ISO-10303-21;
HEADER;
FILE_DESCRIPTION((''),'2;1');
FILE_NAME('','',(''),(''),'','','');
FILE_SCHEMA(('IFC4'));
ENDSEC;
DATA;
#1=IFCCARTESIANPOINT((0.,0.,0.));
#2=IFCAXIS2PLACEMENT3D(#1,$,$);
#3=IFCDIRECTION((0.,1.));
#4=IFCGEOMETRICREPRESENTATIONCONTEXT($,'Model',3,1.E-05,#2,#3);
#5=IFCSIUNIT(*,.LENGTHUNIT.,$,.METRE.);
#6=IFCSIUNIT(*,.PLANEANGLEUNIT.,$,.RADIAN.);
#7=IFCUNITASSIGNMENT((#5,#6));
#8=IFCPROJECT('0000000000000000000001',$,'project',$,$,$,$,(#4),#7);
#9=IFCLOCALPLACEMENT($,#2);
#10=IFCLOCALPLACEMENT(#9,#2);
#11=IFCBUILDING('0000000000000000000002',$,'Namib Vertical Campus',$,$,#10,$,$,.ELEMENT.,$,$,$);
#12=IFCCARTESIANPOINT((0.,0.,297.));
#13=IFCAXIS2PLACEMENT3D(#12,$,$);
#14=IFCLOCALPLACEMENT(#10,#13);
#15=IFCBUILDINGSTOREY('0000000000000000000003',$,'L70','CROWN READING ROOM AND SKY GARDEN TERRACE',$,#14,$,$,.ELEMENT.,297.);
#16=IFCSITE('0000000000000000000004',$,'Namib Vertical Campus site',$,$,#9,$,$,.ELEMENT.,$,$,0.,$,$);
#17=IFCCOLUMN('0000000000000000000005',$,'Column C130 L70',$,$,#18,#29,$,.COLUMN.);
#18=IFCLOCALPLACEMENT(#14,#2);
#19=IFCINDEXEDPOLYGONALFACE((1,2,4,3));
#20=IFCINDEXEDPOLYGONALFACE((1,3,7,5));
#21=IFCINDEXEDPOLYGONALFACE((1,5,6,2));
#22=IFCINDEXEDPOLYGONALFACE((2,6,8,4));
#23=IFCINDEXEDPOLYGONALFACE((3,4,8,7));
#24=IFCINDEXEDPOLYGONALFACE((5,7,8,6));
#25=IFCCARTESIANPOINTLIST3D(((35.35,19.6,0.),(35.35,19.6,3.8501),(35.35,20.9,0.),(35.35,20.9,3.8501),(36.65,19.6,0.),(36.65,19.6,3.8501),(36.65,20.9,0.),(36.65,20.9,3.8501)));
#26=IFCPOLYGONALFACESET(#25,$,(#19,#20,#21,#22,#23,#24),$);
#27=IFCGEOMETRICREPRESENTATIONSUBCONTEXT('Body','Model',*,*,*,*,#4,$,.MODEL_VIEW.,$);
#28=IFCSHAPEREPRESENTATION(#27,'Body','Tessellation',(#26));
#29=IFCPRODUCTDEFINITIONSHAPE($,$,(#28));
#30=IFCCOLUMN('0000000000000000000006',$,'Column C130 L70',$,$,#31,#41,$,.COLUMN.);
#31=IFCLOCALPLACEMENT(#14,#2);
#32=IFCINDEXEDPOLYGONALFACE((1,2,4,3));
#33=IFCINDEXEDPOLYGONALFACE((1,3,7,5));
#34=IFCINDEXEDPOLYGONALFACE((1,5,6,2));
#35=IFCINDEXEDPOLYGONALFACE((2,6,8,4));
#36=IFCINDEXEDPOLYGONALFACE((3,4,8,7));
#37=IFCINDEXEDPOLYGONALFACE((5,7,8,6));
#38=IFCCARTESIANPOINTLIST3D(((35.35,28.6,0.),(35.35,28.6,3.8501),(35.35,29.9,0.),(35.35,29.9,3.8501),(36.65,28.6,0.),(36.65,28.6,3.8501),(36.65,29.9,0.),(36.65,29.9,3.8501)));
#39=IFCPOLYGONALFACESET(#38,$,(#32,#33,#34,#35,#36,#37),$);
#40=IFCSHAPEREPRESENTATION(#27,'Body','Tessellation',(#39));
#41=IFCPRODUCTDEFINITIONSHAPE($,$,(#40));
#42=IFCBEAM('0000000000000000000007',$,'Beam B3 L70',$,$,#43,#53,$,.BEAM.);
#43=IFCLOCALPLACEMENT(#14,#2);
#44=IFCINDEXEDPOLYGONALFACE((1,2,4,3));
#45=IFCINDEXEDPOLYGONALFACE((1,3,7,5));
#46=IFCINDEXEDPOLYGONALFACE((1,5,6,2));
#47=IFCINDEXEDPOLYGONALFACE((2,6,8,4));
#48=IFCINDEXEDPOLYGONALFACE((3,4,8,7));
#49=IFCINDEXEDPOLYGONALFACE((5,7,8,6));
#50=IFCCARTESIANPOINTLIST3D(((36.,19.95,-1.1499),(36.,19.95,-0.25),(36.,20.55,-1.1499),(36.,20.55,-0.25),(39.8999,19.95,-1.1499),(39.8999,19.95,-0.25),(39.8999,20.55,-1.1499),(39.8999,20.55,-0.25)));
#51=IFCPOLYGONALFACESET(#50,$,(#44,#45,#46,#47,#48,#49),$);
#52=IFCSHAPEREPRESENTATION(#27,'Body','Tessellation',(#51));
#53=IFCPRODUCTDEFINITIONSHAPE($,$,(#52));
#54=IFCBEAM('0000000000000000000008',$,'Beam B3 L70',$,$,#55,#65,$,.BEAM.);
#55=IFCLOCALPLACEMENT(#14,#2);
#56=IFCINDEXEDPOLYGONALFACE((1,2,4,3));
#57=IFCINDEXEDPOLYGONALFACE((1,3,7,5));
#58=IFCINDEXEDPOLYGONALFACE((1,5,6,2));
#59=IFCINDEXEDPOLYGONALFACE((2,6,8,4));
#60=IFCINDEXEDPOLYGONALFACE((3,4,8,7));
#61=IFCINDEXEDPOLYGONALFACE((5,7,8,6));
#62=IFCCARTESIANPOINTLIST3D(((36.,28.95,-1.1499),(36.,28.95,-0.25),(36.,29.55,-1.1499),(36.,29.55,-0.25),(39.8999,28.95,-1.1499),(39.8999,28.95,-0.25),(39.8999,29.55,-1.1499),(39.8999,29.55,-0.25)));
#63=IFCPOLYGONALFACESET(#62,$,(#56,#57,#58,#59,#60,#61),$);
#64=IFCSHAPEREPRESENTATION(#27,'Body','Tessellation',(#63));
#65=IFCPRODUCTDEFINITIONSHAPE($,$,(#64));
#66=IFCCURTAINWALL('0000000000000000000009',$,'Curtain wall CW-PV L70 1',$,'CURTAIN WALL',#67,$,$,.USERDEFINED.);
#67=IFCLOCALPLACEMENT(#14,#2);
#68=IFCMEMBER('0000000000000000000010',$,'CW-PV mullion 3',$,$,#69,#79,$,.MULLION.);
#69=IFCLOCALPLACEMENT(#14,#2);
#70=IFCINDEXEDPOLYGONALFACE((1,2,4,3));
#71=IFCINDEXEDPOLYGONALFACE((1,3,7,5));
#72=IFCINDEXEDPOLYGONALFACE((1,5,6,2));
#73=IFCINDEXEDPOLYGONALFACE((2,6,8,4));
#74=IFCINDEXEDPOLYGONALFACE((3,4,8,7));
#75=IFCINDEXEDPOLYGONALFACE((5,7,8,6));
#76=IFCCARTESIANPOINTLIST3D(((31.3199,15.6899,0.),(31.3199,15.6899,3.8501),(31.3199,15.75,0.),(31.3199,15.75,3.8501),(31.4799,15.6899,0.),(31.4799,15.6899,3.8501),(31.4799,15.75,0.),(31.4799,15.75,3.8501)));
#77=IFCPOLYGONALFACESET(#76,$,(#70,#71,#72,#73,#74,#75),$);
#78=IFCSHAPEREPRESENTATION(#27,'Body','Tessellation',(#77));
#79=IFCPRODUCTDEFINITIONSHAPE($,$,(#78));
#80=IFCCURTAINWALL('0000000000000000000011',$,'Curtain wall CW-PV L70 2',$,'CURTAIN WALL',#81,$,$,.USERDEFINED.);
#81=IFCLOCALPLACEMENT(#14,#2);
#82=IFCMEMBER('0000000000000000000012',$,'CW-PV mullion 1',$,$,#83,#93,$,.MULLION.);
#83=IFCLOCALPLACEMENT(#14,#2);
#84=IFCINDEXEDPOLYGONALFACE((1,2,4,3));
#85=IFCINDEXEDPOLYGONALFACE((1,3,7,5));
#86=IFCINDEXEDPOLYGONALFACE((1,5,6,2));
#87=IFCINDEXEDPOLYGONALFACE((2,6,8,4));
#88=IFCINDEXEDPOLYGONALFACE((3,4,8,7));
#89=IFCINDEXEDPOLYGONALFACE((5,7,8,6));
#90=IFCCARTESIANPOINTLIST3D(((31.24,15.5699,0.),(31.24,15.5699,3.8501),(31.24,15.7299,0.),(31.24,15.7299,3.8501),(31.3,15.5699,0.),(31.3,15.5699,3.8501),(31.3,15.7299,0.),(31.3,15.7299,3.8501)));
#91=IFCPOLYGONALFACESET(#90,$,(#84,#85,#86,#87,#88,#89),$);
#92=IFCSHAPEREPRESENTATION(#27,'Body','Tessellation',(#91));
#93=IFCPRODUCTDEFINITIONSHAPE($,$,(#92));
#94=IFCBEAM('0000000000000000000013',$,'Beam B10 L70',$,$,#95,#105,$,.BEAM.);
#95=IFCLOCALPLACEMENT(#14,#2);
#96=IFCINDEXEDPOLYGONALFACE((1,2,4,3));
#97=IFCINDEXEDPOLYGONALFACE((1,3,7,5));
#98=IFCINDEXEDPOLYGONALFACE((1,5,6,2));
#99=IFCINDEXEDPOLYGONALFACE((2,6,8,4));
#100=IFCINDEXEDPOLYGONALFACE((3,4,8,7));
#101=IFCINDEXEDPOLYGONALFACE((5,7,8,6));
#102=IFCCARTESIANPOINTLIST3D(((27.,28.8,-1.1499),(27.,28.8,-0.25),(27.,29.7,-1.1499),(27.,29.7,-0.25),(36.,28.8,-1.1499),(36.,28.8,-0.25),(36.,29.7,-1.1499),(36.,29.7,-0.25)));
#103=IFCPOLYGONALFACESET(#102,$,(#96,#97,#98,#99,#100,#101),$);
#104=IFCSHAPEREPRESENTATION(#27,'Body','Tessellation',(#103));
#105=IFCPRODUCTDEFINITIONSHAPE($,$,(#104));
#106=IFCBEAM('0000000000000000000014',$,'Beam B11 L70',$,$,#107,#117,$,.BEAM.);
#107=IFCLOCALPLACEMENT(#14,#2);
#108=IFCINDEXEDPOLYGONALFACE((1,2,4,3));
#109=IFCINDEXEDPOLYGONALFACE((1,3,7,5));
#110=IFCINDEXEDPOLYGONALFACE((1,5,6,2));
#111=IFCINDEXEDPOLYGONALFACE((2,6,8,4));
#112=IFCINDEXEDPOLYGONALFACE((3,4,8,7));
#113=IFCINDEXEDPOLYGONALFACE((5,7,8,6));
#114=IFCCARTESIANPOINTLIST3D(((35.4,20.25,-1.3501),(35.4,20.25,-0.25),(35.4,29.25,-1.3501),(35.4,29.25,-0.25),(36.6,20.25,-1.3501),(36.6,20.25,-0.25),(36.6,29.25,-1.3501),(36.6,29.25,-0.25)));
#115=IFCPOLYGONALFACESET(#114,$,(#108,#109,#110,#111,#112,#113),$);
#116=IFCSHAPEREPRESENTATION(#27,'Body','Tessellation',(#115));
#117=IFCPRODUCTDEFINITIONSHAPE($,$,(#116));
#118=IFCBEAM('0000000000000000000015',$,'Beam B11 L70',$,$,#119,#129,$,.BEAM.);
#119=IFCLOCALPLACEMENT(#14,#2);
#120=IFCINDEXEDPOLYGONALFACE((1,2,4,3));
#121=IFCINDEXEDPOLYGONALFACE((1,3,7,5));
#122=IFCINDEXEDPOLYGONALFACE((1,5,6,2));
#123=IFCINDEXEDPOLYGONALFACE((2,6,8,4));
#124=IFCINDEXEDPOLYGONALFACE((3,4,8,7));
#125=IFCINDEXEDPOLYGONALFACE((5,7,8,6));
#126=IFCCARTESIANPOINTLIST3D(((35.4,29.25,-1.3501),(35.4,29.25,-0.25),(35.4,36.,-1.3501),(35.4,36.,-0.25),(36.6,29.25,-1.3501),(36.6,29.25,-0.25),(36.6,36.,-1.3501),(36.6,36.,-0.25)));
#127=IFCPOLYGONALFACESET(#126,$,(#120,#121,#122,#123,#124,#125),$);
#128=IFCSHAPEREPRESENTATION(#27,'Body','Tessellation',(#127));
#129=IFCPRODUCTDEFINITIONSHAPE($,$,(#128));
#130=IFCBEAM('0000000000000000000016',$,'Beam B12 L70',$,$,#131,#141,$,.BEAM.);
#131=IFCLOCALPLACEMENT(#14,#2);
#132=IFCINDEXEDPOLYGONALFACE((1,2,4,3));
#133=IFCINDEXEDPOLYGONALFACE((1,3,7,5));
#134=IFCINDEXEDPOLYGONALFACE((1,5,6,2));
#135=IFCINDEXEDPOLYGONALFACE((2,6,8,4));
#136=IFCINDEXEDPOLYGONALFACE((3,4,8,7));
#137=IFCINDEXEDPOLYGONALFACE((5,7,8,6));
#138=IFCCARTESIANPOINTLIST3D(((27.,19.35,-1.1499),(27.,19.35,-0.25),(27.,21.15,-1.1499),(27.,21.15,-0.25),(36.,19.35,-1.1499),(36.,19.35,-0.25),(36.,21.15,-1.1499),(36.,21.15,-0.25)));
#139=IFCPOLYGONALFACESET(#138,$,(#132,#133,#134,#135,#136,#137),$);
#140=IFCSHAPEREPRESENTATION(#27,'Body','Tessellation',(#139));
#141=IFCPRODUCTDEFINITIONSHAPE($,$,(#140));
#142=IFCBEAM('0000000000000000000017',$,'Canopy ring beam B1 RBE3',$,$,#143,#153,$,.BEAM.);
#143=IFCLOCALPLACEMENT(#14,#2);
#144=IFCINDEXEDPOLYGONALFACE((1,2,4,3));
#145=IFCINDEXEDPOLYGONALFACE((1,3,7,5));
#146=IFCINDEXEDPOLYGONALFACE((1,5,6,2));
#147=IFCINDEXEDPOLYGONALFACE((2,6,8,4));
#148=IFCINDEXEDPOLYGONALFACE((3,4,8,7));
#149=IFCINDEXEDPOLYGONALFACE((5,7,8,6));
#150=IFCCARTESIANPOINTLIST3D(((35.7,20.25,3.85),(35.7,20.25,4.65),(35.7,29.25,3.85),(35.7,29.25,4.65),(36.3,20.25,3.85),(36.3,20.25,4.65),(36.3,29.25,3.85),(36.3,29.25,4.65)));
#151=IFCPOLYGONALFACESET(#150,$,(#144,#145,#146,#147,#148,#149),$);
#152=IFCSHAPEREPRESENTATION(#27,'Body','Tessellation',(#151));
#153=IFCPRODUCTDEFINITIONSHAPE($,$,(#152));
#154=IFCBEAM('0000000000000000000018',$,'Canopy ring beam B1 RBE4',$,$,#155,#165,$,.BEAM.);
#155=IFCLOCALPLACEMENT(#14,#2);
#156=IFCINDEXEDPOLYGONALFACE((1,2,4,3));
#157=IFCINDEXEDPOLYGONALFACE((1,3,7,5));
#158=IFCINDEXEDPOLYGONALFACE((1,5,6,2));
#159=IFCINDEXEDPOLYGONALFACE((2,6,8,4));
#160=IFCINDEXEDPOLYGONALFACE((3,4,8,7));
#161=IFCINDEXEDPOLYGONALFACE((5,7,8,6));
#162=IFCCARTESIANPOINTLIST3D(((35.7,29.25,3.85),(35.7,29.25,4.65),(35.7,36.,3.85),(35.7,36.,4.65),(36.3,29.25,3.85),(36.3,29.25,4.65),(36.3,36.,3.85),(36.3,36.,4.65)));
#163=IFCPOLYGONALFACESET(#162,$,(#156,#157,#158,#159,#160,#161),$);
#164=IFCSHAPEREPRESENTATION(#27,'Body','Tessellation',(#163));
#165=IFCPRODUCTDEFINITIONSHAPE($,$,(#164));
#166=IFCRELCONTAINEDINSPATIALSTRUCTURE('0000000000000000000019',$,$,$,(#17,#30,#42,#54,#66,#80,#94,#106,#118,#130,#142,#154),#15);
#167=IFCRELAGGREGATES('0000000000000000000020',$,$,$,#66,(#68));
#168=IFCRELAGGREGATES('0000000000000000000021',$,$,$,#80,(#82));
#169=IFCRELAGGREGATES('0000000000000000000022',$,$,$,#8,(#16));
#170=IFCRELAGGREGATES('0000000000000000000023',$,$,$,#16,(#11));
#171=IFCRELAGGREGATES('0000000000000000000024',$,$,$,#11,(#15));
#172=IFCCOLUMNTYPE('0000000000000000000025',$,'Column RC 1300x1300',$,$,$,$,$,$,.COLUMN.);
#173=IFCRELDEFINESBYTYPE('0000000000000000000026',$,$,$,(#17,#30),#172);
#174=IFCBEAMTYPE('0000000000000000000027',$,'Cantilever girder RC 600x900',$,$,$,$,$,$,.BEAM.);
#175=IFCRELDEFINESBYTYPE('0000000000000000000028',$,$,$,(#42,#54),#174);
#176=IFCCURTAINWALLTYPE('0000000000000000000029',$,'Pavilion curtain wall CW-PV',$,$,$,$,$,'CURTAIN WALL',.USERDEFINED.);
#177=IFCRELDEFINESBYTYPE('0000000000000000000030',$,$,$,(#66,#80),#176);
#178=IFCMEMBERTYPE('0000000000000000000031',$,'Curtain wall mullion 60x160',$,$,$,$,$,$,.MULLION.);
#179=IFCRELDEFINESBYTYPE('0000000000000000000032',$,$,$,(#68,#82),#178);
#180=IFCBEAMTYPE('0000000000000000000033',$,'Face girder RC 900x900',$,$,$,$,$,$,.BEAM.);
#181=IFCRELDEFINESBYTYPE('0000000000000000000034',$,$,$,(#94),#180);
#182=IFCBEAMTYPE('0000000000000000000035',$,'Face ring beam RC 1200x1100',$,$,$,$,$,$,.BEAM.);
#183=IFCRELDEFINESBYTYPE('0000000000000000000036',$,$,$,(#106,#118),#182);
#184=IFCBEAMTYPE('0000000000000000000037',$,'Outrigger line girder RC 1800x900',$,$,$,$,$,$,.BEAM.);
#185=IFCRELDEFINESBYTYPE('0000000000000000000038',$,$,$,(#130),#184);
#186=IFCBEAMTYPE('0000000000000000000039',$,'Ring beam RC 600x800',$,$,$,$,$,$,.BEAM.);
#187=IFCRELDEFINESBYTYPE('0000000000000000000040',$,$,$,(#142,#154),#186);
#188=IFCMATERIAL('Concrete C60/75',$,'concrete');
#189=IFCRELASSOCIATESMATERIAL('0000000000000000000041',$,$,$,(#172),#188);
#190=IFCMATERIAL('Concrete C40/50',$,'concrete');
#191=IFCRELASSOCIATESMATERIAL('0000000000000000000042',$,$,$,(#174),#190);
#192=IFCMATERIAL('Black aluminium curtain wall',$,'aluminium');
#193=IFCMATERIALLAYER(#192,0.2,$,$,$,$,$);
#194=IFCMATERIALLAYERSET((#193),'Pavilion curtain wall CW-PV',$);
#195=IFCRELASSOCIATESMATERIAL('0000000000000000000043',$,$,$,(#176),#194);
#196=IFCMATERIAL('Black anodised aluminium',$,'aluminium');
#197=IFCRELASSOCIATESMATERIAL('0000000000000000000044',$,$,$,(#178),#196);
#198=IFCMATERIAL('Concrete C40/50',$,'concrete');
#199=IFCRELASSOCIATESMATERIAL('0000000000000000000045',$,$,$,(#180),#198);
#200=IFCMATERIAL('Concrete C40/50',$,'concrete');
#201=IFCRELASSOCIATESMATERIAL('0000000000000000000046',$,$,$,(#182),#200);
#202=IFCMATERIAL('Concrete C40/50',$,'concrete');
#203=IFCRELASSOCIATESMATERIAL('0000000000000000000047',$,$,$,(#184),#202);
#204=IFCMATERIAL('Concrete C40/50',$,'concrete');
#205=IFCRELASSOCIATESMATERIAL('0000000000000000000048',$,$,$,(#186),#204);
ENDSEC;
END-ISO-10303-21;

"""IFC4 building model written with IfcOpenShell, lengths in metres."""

from ifc_helpers import new_model, si_unit, direction, frame, origin, origin_2d, place, context, subcontext, project, spatial, rectangle, extrude, material, layer, layer_set, material_profile, profile_set, type_object, element, aggregate, save


model = new_model("IFC4")

# Units and contexts
model_context = context("Model", 3, precision=1e-05, world=origin(), true_north=direction((0.0, 1.0)))
body_context = subcontext(model_context, "Body", "Model", "MODEL_VIEW")
ifc_project = project(units=[si_unit("LENGTHUNIT", "METRE"), si_unit("PLANEANGLEUNIT", "RADIAN")], contexts=[model_context])

# Site, building, storey
site_placement = place(None, origin())
site = spatial("IfcSite", under=ifc_project, at=site_placement, Name="Namib Vertical Campus site", CompositionType="ELEMENT", RefElevation=0.0)
building_placement = place(site_placement, origin())
building = spatial("IfcBuilding", under=site, at=building_placement, Name="Namib Vertical Campus", CompositionType="ELEMENT")
storey_placement = place(building_placement, frame((0.0, 0.0, 297.0)))
storey = spatial("IfcBuildingStorey", under=building, at=storey_placement, Name="L70", Description="CROWN READING ROOM AND SKY GARDEN TERRACE", CompositionType="ELEMENT", Elevation=297.0)

# Columns
ifc_material_1 = material(Name="Concrete C60/75", Category="concrete")
ifc_material_profile_1 = material_profile(ifc_material_1, rectangle(XDim=1.3, YDim=1.3, at=origin_2d()))
ifc_profile_set_1 = profile_set([ifc_material_profile_1], Name="Concrete C60/75")
column_type = type_object("IfcColumnType", Name="Column RC 1300x1300", PredefinedType="COLUMN", material=ifc_profile_set_1)
for number, where, z_axis, x_axis, name in (
    (1, (36.0, 20.25, 0.0), (0.0, 0.0, 1.0), (1.0, 0.0, 0.0), "Column C130 L70"),
    (2, (36.0, 29.25, 0.0), (0.0, 0.0, 1.0), (1.0, 0.0, 0.0), "Column C130 L70"),
):
    element("IfcColumn", number, at=place(storey_placement, frame(where, z_axis=z_axis, x_axis=x_axis)), inside=storey, type_object=column_type, Name=name, PredefinedType="COLUMN", context=body_context, shape_type="SweptSolid", body=[
        extrude(rectangle(XDim=1.3, YDim=1.3, at=origin_2d()), origin(), (0.0, 0.0, 1.0), 3.8501),
    ])

# Beams
ifc_material_2 = material(Name="Concrete C40/50", Category="concrete")
ifc_material_profile_2 = material_profile(ifc_material_2, rectangle(XDim=0.6001, YDim=0.8999, at=origin_2d()))
ifc_profile_set_2 = profile_set([ifc_material_profile_2], Name="Concrete C40/50")
beam_type_1 = type_object("IfcBeamType", Name="Cantilever girder RC 600x900", PredefinedType="BEAM", material=ifc_profile_set_2)
for number, where, z_axis, x_axis, name in (
    (3, (36.0, 20.25, -0.7), (1.0, 0.0, 0.0), (0.0, 1.0, 0.0), "Beam B3 L70"),
    (4, (36.0, 29.25, -0.7), (1.0, 0.0, 0.0), (0.0, 1.0, 0.0), "Beam B3 L70"),
):
    element("IfcBeam", number, at=place(storey_placement, frame(where, z_axis=z_axis, x_axis=x_axis)), inside=storey, type_object=beam_type_1, Name=name, PredefinedType="BEAM", context=body_context, shape_type="SweptSolid", body=[
        extrude(rectangle(XDim=0.6001, YDim=0.8999, at=origin_2d()), origin(), (0.0, 0.0, 1.0), 3.8999),
    ])

# Curtain walls, members
ifc_material_3 = material(Name="Black aluminium curtain wall", Category="aluminium")
ifc_layer_1 = layer(ifc_material_3, 0.2)
ifc_layer_set_1 = layer_set([ifc_layer_1], Name="Pavilion curtain wall CW-PV")
curtain_wall_type = type_object("IfcCurtainWallType", Name="Pavilion curtain wall CW-PV", ElementType="CURTAIN WALL", PredefinedType="USERDEFINED", material=ifc_layer_set_1)
curtain_wall_1_placement = place(storey_placement, origin())
curtain_wall_1 = element("IfcCurtainWall", 5, at=curtain_wall_1_placement, inside=storey, type_object=curtain_wall_type, Name="Curtain wall CW-PV L70 1", ObjectType="CURTAIN WALL", PredefinedType="USERDEFINED")
ifc_material_4 = material(Name="Black anodised aluminium", Category="aluminium")
ifc_material_profile_3 = material_profile(ifc_material_4, rectangle(XDim=0.0601, YDim=0.1599, at=origin_2d()))
ifc_profile_set_3 = profile_set([ifc_material_profile_3], Name="Black anodised aluminium")
member_type = type_object("IfcMemberType", Name="Curtain wall mullion 60x160", PredefinedType="MULLION", material=ifc_profile_set_3)
member_1_placement = place(storey_placement, frame((31.3999, 15.72, 0.0), z_axis=(0.0, 0.0, 1.0), x_axis=(0.0, 1.0, 0.0)))
member_1 = element("IfcMember", 6, at=member_1_placement, type_object=member_type, Name="CW-PV mullion 3", PredefinedType="MULLION", context=body_context, shape_type="SweptSolid", body=[
    extrude(rectangle(XDim=0.0601, YDim=0.1599, at=origin_2d()), origin(), (0.0, 0.0, 1.0), 3.8501),
])
aggregate(curtain_wall_1, [member_1])
curtain_wall_2_placement = place(storey_placement, origin())
curtain_wall_2 = element("IfcCurtainWall", 7, at=curtain_wall_2_placement, inside=storey, type_object=curtain_wall_type, Name="Curtain wall CW-PV L70 2", ObjectType="CURTAIN WALL", PredefinedType="USERDEFINED")
member_2_placement = place(storey_placement, frame((31.27, 15.6499, 0.0), z_axis=(0.0, 0.0, 1.0), x_axis=(-1.0, 0.0, 0.0)))
member_2 = element("IfcMember", 8, at=member_2_placement, type_object=member_type, Name="CW-PV mullion 1", PredefinedType="MULLION", context=body_context, shape_type="SweptSolid", body=[
    extrude(rectangle(XDim=0.0601, YDim=0.1599, at=origin_2d()), origin(), (0.0, 0.0, 1.0), 3.8501),
])
aggregate(curtain_wall_2, [member_2])

# Beams
ifc_material_5 = material(Name="Concrete C40/50", Category="concrete")
ifc_material_profile_4 = material_profile(ifc_material_5, rectangle(XDim=0.8999, YDim=0.8999, at=origin_2d()))
ifc_profile_set_4 = profile_set([ifc_material_profile_4], Name="Concrete C40/50")
beam_type_2 = type_object("IfcBeamType", Name="Face girder RC 900x900", PredefinedType="BEAM", material=ifc_profile_set_4)
beam_1_placement = place(storey_placement, frame((36.0, 29.25, -0.7), z_axis=(-1.0, 0.0, 0.0), x_axis=(0.0, -1.0, 0.0)))
element("IfcBeam", 9, at=beam_1_placement, inside=storey, type_object=beam_type_2, Name="Beam B10 L70", PredefinedType="BEAM", context=body_context, shape_type="SweptSolid", body=[
    extrude(rectangle(XDim=0.8999, YDim=0.8999, at=origin_2d()), origin(), (0.0, 0.0, 1.0), 9.0),
])
ifc_material_6 = material(Name="Concrete C40/50", Category="concrete")
ifc_material_profile_5 = material_profile(ifc_material_6, rectangle(XDim=1.2, YDim=1.1001, at=origin_2d()))
ifc_profile_set_5 = profile_set([ifc_material_profile_5], Name="Concrete C40/50")
beam_type_3 = type_object("IfcBeamType", Name="Face ring beam RC 1200x1100", PredefinedType="BEAM", material=ifc_profile_set_5)
beam_2_placement = place(storey_placement, frame((36.0, 20.25, -0.8), z_axis=(0.0, 1.0, 0.0), x_axis=(-1.0, 0.0, 0.0)))
element("IfcBeam", 10, at=beam_2_placement, inside=storey, type_object=beam_type_3, Name="Beam B11 L70", PredefinedType="BEAM", context=body_context, shape_type="SweptSolid", body=[
    extrude(rectangle(XDim=1.2, YDim=1.1001, at=origin_2d()), origin(), (0.0, 0.0, 1.0), 9.0),
])
beam_3_placement = place(storey_placement, frame((36.0, 29.25, -0.8), z_axis=(0.0, 1.0, 0.0), x_axis=(-1.0, 0.0, 0.0)))
element("IfcBeam", 11, at=beam_3_placement, inside=storey, type_object=beam_type_3, Name="Beam B11 L70", PredefinedType="BEAM", context=body_context, shape_type="SweptSolid", body=[
    extrude(rectangle(XDim=1.2, YDim=1.1001, at=origin_2d()), origin(), (0.0, 0.0, 1.0), 6.75),
])
ifc_material_7 = material(Name="Concrete C40/50", Category="concrete")
ifc_material_profile_6 = material_profile(ifc_material_7, rectangle(XDim=1.8, YDim=0.8999, at=origin_2d()))
ifc_profile_set_6 = profile_set([ifc_material_profile_6], Name="Concrete C40/50")
beam_type_4 = type_object("IfcBeamType", Name="Outrigger line girder RC 1800x900", PredefinedType="BEAM", material=ifc_profile_set_6)
beam_4_placement = place(storey_placement, frame((36.0, 20.25, -0.7), z_axis=(-1.0, 0.0, 0.0), x_axis=(0.0, -1.0, 0.0)))
element("IfcBeam", 12, at=beam_4_placement, inside=storey, type_object=beam_type_4, Name="Beam B12 L70", PredefinedType="BEAM", context=body_context, shape_type="SweptSolid", body=[
    extrude(rectangle(XDim=1.8, YDim=0.8999, at=origin_2d()), origin(), (0.0, 0.0, 1.0), 9.0),
])
ifc_material_8 = material(Name="Concrete C40/50", Category="concrete")
ifc_material_profile_7 = material_profile(ifc_material_8, rectangle(XDim=0.6001, YDim=0.8, at=origin_2d()))
ifc_profile_set_7 = profile_set([ifc_material_profile_7], Name="Concrete C40/50")
beam_type_5 = type_object("IfcBeamType", Name="Ring beam RC 600x800", PredefinedType="BEAM", material=ifc_profile_set_7)
beam_5_placement = place(storey_placement, frame((36.0, 20.25, 4.25), z_axis=(0.0, 1.0, 0.0), x_axis=(-1.0, 0.0, 0.0)))
element("IfcBeam", 13, at=beam_5_placement, inside=storey, type_object=beam_type_5, Name="Canopy ring beam B1 RBE3", PredefinedType="BEAM", context=body_context, shape_type="SweptSolid", body=[
    extrude(rectangle(XDim=0.6001, YDim=0.8, at=origin_2d()), origin(), (0.0, 0.0, 1.0), 9.0),
])
beam_6_placement = place(storey_placement, frame((36.0, 29.25, 4.25), z_axis=(0.0, 1.0, 0.0), x_axis=(-1.0, 0.0, 0.0)))
element("IfcBeam", 14, at=beam_6_placement, inside=storey, type_object=beam_type_5, Name="Canopy ring beam B1 RBE4", PredefinedType="BEAM", context=body_context, shape_type="SweptSolid", body=[
    extrude(rectangle(XDim=0.6001, YDim=0.8, at=origin_2d()), origin(), (0.0, 0.0, 1.0), 6.75),
])

save(model, "model.ifc")
